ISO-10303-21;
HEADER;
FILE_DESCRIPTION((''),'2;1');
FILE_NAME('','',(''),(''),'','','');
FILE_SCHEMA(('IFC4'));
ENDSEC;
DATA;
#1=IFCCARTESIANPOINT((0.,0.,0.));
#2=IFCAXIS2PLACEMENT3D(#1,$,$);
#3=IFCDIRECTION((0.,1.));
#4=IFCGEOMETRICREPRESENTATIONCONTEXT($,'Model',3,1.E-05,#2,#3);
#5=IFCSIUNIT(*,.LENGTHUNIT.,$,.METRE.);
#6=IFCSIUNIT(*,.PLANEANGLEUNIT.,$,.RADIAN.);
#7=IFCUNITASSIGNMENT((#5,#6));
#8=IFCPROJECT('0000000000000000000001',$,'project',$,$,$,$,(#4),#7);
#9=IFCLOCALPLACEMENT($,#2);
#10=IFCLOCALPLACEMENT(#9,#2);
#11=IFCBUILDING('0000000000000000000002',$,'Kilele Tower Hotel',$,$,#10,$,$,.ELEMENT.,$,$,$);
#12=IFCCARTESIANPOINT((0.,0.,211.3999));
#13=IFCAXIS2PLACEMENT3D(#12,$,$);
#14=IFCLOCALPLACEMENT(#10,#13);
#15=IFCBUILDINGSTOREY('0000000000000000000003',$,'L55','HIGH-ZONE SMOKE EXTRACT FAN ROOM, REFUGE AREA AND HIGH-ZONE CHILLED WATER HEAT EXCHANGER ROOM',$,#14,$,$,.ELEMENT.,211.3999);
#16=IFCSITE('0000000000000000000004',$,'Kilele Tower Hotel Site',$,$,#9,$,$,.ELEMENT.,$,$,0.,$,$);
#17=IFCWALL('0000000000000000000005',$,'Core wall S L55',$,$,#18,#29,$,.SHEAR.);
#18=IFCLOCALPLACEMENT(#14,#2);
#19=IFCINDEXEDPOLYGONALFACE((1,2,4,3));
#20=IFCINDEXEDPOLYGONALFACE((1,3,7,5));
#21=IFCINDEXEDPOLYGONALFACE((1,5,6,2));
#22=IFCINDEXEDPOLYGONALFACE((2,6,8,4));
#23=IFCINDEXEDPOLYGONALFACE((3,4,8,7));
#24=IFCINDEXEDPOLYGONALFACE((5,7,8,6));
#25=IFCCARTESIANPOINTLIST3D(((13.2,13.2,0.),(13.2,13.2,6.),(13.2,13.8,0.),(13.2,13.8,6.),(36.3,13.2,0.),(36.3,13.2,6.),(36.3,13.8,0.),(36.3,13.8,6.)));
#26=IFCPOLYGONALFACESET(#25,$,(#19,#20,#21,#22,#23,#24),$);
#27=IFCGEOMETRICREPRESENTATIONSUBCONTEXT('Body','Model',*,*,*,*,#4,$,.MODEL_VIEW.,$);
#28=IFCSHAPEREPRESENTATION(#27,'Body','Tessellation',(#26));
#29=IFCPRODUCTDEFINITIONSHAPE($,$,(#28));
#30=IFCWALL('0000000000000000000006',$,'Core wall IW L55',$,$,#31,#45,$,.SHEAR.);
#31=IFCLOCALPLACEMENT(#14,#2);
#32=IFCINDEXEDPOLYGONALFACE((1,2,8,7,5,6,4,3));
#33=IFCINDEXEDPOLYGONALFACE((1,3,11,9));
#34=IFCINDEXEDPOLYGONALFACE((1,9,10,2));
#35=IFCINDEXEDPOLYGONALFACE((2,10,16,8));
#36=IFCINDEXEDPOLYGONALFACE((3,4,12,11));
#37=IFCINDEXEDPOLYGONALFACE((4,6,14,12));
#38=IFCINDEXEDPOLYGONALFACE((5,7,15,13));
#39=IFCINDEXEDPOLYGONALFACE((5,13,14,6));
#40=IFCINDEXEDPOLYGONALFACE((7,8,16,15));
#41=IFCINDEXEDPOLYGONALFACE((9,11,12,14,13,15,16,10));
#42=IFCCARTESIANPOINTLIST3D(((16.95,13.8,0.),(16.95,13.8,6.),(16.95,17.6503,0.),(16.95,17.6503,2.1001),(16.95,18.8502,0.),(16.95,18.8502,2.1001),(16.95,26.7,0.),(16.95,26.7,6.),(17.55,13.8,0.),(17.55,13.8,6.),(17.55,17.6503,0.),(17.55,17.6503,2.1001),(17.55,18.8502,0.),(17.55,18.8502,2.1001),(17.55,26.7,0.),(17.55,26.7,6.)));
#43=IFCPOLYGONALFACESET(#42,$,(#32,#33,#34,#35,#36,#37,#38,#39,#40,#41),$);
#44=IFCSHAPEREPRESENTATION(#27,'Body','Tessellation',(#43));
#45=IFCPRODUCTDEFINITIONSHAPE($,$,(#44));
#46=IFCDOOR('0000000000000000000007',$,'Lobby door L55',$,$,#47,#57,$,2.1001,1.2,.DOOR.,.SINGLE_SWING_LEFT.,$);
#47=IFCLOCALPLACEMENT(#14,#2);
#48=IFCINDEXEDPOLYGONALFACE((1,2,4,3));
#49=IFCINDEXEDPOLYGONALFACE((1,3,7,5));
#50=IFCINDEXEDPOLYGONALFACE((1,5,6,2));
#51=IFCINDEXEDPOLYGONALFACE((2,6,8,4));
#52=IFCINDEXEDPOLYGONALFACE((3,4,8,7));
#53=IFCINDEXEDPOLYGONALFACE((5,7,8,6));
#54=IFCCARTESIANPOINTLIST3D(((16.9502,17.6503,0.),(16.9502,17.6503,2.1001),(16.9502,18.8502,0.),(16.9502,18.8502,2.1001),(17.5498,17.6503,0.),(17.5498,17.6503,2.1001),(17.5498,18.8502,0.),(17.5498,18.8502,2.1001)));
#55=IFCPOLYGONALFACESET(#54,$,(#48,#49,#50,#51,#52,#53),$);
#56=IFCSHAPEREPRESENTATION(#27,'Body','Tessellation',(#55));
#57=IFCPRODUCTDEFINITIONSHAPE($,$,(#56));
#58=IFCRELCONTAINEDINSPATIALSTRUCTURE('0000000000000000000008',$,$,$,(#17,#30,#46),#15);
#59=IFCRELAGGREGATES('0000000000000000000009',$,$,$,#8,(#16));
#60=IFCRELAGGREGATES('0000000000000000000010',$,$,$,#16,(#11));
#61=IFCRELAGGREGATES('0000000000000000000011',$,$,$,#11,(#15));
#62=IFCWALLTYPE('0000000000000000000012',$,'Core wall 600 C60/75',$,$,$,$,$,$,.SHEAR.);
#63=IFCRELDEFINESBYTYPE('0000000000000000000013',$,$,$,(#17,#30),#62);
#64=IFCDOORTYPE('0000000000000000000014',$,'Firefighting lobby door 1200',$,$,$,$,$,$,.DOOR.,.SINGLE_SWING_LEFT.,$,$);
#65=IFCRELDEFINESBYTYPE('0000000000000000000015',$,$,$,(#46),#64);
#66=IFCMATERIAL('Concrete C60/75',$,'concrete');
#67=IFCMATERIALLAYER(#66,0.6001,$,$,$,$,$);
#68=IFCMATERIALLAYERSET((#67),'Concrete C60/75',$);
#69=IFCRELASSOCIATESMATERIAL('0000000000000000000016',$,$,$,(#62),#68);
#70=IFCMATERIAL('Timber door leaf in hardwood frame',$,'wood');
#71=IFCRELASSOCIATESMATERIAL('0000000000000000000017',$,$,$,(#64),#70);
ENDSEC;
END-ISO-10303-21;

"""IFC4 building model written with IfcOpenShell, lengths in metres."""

from ifc_helpers import new_model, si_unit, direction, frame, frame_2d, origin, place, context, subcontext, project, spatial, rectangle, extrude, material, layer, layer_set, type_object, element, fill, save


model = new_model("IFC4")

# Units and contexts
model_context = context("Model", 3, precision=1e-05, world=origin(), true_north=direction((0.0, 1.0)))
body_context = subcontext(model_context, "Body", "Model", "MODEL_VIEW")
ifc_project = project(units=[si_unit("LENGTHUNIT", "METRE"), si_unit("PLANEANGLEUNIT", "RADIAN")], contexts=[model_context])

# Site, building, storey
site_placement = place(None, origin())
site = spatial("IfcSite", under=ifc_project, at=site_placement, Name="Kilele Tower Hotel Site", CompositionType="ELEMENT", RefElevation=0.0)
building_placement = place(site_placement, origin())
building = spatial("IfcBuilding", under=site, at=building_placement, Name="Kilele Tower Hotel", CompositionType="ELEMENT")
storey_placement = place(building_placement, frame((0.0, 0.0, 211.3999)))
storey = spatial("IfcBuildingStorey", under=building, at=storey_placement, Name="L55", Description="HIGH-ZONE SMOKE EXTRACT FAN ROOM, REFUGE AREA AND HIGH-ZONE CHILLED WATER HEAT EXCHANGER ROOM", CompositionType="ELEMENT", Elevation=211.3999)

# Wall
ifc_material_1 = material(Name="Concrete C60/75", Category="concrete")
ifc_layer_1 = layer(ifc_material_1, 0.6001)
ifc_layer_set_1 = layer_set([ifc_layer_1], Name="Concrete C60/75")
wall_type_1 = type_object("IfcWallType", Name="Core wall 600 C60/75", PredefinedType="SHEAR", material=ifc_layer_set_1)
wall_1_placement = place(storey_placement, frame((13.2, 13.5, 0.0), z_axis=(0.0, 0.0, 1.0), x_axis=(1.0, 0.0, 0.0)))
element("IfcWall", 1, at=wall_1_placement, inside=storey, type_object=wall_type_1, Name="Core wall S L55", PredefinedType="SHEAR", context=body_context, shape_type="SweptSolid", body=[
    extrude(rectangle(XDim=23.1001, YDim=0.6001, at=frame_2d((11.55, 0.0))), origin(), (0.0, 0.0, 1.0), 6.0),
])

# Wall, opening, door
wall_2_placement = place(storey_placement, frame((17.25, 13.8, 0.0), z_axis=(0.0, 0.0, 1.0), x_axis=(0.0, 1.0, 0.0)))
wall_2 = element("IfcWall", 2, at=wall_2_placement, inside=storey, type_object=wall_type_1, Name="Core wall IW L55", PredefinedType="SHEAR", context=body_context, shape_type="SweptSolid", body=[
    extrude(rectangle(XDim=12.8999, YDim=0.6001, at=frame_2d((6.45, 0.0))), origin(), (0.0, 0.0, 1.0), 6.0),
])
opening_1_placement = place(wall_2_placement, frame((3.8501, 0.0, 0.0)))
opening_1 = element("IfcOpeningElement", 3, at=opening_1_placement, cuts=wall_2, PredefinedType="OPENING", context=body_context, shape_type="SweptSolid", body=[
    extrude(rectangle(XDim=1.2, YDim=2.1001, at=frame_2d((0.6001, 1.05))), frame((0.0, 0.3101, 0.0), z_axis=(0.0, -1.0, 0.0), x_axis=(1.0, 0.0, 0.0)), (0.0, 0.0, 1.0), 0.6201),
])
ifc_material_2 = material(Name="Timber door leaf in hardwood frame", Category="wood")
door_type_1 = type_object("IfcDoorType", Name="Firefighting lobby door 1200", OperationType="SINGLE_SWING_LEFT", PredefinedType="DOOR", material=ifc_material_2)
door_1_placement = place(opening_1_placement, origin())
door_1 = element("IfcDoor", 4, at=door_1_placement, inside=storey, type_object=door_type_1, Name="Lobby door L55", OperationType="SINGLE_SWING_LEFT", OverallHeight=2.1001, OverallWidth=1.2, PredefinedType="DOOR", context=body_context, shape_type="SweptSolid", body=[
    extrude(rectangle(XDim=1.2, YDim=2.1001, at=frame_2d((0.6001, 1.05))), frame((0.0, 0.2998, 0.0), z_axis=(0.0, -1.0, 0.0), x_axis=(1.0, 0.0, 0.0)), (0.0, 0.0, 1.0), 0.5996),
])
fill(opening_1, door_1)

save(model, "model.ifc")
